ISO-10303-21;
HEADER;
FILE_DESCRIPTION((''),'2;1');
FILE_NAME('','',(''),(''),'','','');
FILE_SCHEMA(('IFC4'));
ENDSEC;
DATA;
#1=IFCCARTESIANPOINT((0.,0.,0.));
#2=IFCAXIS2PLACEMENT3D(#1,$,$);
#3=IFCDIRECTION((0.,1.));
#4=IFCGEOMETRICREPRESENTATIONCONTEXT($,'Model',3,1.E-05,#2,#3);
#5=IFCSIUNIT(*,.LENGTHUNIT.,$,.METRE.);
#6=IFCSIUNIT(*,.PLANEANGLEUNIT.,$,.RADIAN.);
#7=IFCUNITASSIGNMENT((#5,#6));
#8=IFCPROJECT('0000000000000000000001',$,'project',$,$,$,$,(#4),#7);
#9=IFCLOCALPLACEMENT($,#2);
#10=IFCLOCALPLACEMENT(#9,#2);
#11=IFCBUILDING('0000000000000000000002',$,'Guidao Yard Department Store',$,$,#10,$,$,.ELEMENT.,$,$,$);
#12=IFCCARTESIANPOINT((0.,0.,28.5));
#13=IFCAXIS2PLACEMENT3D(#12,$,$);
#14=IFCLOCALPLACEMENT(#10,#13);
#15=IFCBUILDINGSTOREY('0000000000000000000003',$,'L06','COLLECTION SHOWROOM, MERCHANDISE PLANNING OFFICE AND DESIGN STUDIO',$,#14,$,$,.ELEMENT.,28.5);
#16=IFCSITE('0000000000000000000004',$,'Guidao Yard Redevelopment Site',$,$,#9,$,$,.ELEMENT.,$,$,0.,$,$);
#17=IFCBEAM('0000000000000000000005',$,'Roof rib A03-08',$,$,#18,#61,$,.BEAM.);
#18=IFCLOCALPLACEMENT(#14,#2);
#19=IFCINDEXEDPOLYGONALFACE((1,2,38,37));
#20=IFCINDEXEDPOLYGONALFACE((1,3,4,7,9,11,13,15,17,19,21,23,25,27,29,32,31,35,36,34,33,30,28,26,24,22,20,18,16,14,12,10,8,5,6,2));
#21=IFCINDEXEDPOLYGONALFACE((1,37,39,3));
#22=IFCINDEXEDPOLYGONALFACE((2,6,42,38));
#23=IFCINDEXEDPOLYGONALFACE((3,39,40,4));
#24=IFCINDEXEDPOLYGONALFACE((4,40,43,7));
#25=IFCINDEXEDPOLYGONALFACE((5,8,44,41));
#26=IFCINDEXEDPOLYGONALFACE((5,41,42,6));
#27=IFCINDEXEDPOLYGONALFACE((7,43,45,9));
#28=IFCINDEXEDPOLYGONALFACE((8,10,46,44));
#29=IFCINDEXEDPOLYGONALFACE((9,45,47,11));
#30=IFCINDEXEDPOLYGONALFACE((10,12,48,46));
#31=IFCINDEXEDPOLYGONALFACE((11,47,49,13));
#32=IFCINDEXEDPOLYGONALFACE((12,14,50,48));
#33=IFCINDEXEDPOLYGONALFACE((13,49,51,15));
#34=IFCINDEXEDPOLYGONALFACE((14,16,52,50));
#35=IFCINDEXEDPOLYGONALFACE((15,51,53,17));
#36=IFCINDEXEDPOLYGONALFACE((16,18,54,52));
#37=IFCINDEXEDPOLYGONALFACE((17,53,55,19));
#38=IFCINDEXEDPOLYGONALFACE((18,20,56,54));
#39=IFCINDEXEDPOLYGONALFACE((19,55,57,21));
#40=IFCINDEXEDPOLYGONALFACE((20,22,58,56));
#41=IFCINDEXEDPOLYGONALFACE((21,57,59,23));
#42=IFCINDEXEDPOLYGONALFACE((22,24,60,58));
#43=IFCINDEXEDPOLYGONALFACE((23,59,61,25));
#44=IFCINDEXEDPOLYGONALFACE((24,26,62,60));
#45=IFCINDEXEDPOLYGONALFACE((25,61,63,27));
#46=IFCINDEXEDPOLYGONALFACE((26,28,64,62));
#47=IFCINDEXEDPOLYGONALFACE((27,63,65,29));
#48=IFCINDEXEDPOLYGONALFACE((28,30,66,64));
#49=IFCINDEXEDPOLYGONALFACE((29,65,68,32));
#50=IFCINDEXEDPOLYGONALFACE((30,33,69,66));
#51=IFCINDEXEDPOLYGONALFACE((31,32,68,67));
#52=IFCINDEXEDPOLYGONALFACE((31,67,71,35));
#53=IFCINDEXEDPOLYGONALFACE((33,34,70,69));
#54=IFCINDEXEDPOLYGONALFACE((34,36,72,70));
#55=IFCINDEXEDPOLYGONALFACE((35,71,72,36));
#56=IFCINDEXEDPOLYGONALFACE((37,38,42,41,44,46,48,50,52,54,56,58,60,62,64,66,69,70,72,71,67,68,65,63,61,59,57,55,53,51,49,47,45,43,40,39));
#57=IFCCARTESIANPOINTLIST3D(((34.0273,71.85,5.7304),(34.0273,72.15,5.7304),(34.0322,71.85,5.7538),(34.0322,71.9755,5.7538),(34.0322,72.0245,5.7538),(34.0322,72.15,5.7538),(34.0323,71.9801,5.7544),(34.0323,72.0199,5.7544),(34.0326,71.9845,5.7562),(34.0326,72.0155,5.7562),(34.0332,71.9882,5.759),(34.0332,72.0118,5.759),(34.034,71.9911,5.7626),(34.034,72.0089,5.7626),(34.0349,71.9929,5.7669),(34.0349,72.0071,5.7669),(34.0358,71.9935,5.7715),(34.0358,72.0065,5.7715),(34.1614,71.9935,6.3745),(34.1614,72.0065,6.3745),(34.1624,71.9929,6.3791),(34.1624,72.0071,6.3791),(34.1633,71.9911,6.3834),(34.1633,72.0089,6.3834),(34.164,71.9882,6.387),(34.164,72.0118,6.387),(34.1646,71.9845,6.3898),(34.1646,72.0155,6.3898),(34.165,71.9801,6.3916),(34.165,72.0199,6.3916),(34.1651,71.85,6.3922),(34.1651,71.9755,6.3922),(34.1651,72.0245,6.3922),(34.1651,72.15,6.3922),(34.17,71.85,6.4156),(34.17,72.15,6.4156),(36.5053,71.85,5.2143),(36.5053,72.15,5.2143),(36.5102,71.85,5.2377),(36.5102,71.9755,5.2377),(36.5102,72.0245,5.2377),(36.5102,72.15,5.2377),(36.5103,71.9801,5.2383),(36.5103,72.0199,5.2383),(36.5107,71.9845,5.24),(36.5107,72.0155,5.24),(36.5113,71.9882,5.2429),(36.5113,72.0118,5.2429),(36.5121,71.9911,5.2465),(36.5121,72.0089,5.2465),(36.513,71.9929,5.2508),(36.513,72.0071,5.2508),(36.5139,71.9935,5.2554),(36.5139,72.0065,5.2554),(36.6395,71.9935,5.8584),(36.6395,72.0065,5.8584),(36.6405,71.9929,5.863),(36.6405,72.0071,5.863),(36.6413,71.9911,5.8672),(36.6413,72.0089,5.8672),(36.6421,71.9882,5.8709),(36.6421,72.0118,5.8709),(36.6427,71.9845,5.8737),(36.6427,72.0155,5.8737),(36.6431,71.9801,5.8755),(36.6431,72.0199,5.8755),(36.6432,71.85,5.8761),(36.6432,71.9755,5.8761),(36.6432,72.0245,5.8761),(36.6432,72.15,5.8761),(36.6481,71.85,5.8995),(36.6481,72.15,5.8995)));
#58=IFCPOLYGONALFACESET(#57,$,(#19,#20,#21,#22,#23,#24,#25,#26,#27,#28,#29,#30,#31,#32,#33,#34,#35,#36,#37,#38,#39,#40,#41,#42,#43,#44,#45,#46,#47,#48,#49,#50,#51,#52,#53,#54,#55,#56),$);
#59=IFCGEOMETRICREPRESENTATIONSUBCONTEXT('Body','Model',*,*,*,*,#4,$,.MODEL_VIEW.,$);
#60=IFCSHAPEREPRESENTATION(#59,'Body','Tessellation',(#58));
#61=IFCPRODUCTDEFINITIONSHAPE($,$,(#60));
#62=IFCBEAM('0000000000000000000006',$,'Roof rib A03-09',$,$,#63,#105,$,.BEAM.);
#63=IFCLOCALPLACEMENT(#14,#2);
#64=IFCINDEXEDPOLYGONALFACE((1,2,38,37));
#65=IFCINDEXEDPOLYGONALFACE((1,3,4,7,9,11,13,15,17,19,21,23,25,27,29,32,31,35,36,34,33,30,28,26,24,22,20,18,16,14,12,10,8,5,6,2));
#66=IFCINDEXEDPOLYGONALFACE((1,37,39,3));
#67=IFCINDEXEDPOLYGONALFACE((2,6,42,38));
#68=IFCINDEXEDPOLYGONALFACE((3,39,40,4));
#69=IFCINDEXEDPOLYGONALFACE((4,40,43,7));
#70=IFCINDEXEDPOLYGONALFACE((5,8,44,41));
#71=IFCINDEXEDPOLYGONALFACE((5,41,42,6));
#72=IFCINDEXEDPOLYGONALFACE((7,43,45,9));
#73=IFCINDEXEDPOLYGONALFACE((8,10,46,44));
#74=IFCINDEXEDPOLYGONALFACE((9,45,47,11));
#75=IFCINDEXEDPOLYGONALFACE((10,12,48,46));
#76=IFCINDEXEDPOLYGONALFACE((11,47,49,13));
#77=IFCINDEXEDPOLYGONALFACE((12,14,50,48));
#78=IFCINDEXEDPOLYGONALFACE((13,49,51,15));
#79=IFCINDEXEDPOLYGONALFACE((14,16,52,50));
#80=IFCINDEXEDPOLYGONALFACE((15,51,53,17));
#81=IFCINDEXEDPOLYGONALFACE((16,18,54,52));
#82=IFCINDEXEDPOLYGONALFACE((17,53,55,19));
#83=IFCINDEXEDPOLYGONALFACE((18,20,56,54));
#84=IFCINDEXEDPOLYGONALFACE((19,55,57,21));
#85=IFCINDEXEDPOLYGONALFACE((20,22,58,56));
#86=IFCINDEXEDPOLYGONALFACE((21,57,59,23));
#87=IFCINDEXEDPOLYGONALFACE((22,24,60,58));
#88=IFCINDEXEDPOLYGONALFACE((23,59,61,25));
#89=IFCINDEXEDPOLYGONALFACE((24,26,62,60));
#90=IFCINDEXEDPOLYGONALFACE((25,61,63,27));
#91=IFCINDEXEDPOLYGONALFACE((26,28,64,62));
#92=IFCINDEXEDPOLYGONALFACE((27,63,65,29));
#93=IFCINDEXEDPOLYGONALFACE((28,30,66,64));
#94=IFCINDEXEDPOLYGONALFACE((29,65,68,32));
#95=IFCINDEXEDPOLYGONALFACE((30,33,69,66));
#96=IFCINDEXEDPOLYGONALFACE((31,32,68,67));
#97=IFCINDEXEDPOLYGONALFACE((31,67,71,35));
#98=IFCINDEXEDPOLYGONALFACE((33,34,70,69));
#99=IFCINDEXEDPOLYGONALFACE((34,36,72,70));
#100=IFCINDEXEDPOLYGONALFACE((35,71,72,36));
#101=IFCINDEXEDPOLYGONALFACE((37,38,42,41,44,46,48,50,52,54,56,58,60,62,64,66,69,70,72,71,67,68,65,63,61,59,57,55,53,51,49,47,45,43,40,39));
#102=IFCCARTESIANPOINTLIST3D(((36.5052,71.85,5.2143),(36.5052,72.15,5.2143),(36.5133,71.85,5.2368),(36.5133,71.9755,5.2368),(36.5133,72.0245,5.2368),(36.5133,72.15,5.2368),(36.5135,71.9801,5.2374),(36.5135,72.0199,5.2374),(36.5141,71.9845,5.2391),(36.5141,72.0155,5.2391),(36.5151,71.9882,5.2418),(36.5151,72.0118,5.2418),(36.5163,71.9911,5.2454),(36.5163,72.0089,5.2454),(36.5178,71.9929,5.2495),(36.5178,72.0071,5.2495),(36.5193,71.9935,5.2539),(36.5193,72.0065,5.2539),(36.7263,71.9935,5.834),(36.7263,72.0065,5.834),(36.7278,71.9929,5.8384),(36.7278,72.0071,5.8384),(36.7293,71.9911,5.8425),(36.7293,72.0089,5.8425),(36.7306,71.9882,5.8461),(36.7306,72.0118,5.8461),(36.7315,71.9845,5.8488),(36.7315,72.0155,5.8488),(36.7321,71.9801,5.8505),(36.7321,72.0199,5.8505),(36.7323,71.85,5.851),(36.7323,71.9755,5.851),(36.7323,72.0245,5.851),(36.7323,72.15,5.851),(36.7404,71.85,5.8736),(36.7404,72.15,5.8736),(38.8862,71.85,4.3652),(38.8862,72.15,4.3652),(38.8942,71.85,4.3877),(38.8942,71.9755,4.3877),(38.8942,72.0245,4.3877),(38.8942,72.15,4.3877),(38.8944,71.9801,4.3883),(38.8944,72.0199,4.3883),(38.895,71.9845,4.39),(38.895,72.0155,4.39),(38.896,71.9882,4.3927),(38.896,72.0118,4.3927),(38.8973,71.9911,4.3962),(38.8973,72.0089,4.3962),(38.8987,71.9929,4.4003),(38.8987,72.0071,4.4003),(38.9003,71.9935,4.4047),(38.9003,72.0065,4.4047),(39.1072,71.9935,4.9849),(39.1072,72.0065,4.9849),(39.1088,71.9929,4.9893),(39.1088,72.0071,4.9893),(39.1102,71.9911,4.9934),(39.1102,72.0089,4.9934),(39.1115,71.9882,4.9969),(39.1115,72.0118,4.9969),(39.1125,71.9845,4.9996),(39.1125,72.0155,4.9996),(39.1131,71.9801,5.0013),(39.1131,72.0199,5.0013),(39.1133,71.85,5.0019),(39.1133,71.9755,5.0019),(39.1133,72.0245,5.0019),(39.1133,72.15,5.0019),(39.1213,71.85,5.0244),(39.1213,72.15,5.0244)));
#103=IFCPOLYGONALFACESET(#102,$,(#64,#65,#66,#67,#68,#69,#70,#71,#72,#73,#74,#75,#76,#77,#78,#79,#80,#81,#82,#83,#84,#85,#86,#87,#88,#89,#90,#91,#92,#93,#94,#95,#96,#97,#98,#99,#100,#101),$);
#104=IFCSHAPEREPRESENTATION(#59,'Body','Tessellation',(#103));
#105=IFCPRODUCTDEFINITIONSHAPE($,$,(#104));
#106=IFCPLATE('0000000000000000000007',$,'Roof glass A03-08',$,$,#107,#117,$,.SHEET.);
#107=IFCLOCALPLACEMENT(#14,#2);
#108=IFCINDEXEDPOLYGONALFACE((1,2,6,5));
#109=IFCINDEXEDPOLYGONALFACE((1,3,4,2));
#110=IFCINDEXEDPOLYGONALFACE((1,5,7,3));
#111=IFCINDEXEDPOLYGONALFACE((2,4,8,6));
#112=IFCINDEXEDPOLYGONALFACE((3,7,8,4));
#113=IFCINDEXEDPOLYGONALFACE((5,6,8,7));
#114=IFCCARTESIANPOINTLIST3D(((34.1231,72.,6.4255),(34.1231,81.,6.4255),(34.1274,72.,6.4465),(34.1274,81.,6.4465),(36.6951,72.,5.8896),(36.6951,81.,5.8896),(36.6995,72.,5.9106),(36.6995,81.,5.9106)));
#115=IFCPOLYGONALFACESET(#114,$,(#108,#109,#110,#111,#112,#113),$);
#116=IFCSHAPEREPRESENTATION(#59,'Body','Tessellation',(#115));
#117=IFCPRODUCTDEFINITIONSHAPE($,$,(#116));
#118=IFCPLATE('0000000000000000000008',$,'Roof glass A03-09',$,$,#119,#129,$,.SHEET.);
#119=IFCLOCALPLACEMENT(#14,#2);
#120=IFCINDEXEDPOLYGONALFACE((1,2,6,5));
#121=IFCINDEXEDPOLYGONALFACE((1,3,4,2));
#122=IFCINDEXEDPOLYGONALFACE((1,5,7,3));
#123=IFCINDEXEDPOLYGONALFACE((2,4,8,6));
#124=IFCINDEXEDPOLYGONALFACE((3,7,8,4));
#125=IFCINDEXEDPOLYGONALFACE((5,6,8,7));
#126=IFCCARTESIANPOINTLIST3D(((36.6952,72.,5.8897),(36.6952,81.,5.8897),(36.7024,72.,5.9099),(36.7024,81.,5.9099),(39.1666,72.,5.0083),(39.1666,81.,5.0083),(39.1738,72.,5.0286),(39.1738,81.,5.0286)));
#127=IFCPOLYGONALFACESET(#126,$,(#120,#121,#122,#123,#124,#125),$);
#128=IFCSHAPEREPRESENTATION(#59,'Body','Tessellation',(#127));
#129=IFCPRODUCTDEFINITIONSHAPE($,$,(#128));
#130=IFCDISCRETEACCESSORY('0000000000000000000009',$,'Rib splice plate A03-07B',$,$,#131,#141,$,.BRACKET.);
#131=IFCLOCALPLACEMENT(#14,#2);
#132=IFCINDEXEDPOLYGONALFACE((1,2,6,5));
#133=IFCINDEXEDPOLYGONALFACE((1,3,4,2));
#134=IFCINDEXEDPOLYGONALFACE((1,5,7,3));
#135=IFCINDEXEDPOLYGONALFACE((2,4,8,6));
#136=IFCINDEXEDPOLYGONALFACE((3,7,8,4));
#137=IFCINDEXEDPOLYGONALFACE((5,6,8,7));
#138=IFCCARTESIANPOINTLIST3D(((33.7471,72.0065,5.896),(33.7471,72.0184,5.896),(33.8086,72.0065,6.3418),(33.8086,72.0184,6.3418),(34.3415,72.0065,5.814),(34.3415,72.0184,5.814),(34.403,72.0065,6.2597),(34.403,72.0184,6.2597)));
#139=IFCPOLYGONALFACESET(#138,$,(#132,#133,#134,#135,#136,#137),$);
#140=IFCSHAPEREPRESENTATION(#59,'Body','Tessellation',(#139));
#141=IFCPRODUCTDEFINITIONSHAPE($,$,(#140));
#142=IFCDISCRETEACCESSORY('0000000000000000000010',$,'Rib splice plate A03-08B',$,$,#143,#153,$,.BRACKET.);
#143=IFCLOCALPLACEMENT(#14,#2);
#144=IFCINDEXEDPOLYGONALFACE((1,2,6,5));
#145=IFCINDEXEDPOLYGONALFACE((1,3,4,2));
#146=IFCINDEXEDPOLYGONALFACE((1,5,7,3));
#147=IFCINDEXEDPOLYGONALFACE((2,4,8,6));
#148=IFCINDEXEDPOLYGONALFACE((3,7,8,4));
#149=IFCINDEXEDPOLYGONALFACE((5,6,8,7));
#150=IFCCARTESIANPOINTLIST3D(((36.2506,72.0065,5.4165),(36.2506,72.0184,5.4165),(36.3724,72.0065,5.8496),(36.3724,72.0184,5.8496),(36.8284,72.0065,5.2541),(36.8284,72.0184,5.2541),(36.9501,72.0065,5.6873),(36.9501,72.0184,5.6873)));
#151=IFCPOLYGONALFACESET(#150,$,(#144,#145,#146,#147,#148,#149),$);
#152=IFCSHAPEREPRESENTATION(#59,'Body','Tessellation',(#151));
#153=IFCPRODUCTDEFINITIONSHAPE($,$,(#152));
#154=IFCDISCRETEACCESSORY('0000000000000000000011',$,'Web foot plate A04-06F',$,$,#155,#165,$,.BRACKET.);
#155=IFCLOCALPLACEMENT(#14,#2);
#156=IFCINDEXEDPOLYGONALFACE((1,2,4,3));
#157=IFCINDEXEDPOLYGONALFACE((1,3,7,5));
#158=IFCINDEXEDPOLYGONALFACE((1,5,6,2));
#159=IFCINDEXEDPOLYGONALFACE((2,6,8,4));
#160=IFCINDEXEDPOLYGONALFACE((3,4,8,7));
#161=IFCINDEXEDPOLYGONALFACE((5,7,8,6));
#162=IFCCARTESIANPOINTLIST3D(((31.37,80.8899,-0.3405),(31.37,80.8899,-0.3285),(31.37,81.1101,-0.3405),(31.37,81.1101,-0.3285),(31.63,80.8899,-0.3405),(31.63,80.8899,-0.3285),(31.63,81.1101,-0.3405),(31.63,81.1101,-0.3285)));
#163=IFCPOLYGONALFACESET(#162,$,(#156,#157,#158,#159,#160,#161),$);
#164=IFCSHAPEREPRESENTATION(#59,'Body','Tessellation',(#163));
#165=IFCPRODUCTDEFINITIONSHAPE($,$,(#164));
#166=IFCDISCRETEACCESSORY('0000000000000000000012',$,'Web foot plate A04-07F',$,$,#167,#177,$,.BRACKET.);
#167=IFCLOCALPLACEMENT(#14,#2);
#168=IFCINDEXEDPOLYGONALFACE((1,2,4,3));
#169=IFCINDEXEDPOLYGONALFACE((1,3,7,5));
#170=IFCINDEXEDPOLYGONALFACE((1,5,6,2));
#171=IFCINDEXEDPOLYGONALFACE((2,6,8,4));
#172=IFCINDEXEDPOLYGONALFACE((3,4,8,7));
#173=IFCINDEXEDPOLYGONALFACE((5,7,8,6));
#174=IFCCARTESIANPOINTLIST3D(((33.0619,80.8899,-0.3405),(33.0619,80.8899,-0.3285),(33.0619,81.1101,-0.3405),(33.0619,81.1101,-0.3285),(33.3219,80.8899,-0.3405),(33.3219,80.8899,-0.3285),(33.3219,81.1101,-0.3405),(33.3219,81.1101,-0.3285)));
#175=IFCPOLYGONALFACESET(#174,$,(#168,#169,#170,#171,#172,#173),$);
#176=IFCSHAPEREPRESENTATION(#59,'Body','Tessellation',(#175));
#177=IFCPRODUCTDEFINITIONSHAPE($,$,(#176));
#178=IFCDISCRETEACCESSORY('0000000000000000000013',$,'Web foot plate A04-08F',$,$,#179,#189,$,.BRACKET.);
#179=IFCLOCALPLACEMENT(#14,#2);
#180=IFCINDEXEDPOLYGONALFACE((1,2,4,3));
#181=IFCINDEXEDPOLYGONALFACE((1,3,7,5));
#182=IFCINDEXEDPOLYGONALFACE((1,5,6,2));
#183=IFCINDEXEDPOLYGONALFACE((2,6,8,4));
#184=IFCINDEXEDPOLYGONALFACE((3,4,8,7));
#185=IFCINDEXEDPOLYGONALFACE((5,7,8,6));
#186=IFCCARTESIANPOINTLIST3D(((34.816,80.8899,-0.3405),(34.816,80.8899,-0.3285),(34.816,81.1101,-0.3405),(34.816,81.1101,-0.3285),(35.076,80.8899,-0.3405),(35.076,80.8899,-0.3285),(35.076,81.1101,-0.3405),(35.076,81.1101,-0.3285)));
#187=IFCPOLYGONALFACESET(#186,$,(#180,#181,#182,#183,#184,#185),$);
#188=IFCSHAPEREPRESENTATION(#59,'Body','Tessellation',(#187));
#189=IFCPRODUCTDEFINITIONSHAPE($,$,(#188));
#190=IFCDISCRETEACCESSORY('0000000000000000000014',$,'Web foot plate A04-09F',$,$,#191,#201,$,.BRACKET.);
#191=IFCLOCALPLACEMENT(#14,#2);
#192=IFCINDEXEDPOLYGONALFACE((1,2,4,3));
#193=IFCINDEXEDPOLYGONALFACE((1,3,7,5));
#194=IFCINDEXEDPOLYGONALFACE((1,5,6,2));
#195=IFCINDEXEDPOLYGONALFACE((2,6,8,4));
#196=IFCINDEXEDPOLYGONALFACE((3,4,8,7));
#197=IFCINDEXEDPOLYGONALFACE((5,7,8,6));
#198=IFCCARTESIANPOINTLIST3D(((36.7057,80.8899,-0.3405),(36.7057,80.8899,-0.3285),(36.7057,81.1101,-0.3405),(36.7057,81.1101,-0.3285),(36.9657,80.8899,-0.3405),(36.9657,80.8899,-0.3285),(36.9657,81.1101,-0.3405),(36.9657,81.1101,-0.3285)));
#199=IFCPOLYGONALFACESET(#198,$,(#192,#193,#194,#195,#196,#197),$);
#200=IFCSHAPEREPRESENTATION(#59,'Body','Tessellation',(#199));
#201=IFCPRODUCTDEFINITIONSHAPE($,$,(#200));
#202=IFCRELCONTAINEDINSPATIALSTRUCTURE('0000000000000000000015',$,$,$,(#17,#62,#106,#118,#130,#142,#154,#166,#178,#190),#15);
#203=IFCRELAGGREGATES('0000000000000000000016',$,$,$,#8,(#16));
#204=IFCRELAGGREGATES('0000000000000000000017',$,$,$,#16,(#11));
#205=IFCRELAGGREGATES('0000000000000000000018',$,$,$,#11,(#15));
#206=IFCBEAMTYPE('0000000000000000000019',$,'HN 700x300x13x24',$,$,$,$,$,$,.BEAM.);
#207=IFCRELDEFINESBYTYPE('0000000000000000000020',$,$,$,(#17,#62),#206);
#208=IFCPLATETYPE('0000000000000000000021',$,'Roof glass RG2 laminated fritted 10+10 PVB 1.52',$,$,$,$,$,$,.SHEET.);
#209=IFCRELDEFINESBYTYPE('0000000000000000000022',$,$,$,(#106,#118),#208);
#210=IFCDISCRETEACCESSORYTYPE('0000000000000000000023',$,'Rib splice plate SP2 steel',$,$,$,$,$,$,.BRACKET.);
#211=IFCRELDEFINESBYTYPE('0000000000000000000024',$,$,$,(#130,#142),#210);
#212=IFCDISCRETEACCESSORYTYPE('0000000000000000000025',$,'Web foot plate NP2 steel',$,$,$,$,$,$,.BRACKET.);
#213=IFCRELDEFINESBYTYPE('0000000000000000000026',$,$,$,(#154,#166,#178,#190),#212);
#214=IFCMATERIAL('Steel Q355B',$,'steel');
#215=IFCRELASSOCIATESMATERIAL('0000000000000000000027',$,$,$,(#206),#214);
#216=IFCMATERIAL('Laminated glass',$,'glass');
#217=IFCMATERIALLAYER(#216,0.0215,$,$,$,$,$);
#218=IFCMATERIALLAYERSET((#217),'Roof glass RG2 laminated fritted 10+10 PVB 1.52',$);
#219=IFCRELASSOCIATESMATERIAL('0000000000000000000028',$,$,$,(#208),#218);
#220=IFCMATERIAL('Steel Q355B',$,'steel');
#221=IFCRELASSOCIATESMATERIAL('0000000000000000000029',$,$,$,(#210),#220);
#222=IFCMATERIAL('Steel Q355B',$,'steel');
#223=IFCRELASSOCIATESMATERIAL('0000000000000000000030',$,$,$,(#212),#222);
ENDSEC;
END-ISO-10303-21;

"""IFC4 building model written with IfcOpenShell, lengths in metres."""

from ifc_helpers import new_model, si_unit, direction, frame, origin, origin_2d, place, context, subcontext, project, spatial, polyline, rectangle, i_section, outline, extrude, material, layer, layer_set, material_profile, profile_set, type_object, element, save


model = new_model("IFC4")

# Units and contexts
model_context = context("Model", 3, precision=1e-05, world=origin(), true_north=direction((0.0, 1.0)))
body_context = subcontext(model_context, "Body", "Model", "MODEL_VIEW")
ifc_project = project(units=[si_unit("LENGTHUNIT", "METRE"), si_unit("PLANEANGLEUNIT", "RADIAN")], contexts=[model_context])

# Site, building, storey
site_placement = place(None, origin())
site = spatial("IfcSite", under=ifc_project, at=site_placement, Name="Guidao Yard Redevelopment Site", CompositionType="ELEMENT", RefElevation=0.0)
building_placement = place(site_placement, origin())
building = spatial("IfcBuilding", under=site, at=building_placement, Name="Guidao Yard Department Store", CompositionType="ELEMENT")
storey_placement = place(building_placement, frame((0.0, 0.0, 28.5)))
storey = spatial("IfcBuildingStorey", under=building, at=storey_placement, Name="L06", Description="COLLECTION SHOWROOM, MERCHANDISE PLANNING OFFICE AND DESIGN STUDIO", CompositionType="ELEMENT", Elevation=28.5)

# Beams
ifc_material_1 = material(Name="Steel Q355B", Category="steel")
ifc_material_profile_1 = material_profile(ifc_material_1, i_section(OverallWidth=0.3, OverallDepth=0.7, WebThickness=0.0129, FlangeThickness=0.0239, FilletRadius=0.0181, at=origin_2d()), Name="HN 700x300x13x24")
ifc_profile_set_1 = profile_set([ifc_material_profile_1], Name="Steel Q355B")
beam_type = type_object("IfcBeamType", Name="HN 700x300x13x24", PredefinedType="BEAM", material=ifc_profile_set_1)
beam_1_placement = place(storey_placement, frame((34.0986, 72.0, 6.073), z_axis=(0.978992, 0.0, -0.2039), x_axis=(0.0, 1.0, 0.0)))
element("IfcBeam", 1, at=beam_1_placement, inside=storey, type_object=beam_type, Name="Roof rib A03-08", PredefinedType="BEAM", context=body_context, shape_type="SweptSolid", body=[
    extrude(i_section(OverallWidth=0.3, OverallDepth=0.7, WebThickness=0.0129, FlangeThickness=0.0239, FilletRadius=0.0181, at=origin_2d()), origin(), (0.0, 0.0, 1.0), 2.5312),
])
beam_2_placement = place(storey_placement, frame((36.6228, 72.0, 5.5439), z_axis=(0.94189, 0.0, -0.33592), x_axis=(0.0, 1.0, 0.0)))
element("IfcBeam", 2, at=beam_2_placement, inside=storey, type_object=beam_type, Name="Roof rib A03-09", PredefinedType="BEAM", context=body_context, shape_type="SweptSolid", body=[
    extrude(i_section(OverallWidth=0.3, OverallDepth=0.7, WebThickness=0.0129, FlangeThickness=0.0239, FilletRadius=0.0181, at=origin_2d()), origin(), (0.0, 0.0, 1.0), 2.5278),
])

# Plates
ifc_material_2 = material(Name="Laminated glass", Category="glass")
ifc_layer = layer(ifc_material_2, 0.0215)
ifc_layer_set = layer_set([ifc_layer], Name="Roof glass RG2 laminated fritted 10+10 PVB 1.52")
plate_type = type_object("IfcPlateType", Name="Roof glass RG2 laminated fritted 10+10 PVB 1.52", PredefinedType="SHEET", material=ifc_layer_set)
plate_1_placement = place(storey_placement, frame((34.1274, 72.0, 6.4465), z_axis=(0.203973, 0.0, 0.978977), x_axis=(0.978977, 0.0, -0.203973)))
element("IfcPlate", 3, at=plate_1_placement, inside=storey, type_object=plate_type, Name="Roof glass A03-08", PredefinedType="SHEET", context=body_context, shape_type="SweptSolid", body=[
    extrude(outline(polyline([(0.0, 0.0), (2.6273, 0.0), (2.6273, 9.0), (0.0, 9.0), (0.0, 0.0)])), origin(), (0.0, 0.0, -1.0), 0.0215),
])
plate_2_placement = place(storey_placement, frame((36.7024, 72.0, 5.9099), z_axis=(0.335894, 0.0, 0.9419), x_axis=(0.9419, 0.0, -0.335894)))
element("IfcPlate", 4, at=plate_2_placement, inside=storey, type_object=plate_type, Name="Roof glass A03-09", PredefinedType="SHEET", context=body_context, shape_type="SweptSolid", body=[
    extrude(outline(polyline([(0.0, 0.0), (2.6239, 0.0), (2.6239, 9.0), (0.0, 9.0), (0.0, 0.0)])), origin(), (0.0, 0.0, -1.0), 0.0215),
])

# Discrete accessories
ifc_material_3 = material(Name="Steel Q355B", Category="steel")
ifc_material_profile_2 = material_profile(ifc_material_3, rectangle(XDim=0.012, YDim=0.45, at=origin_2d()), Name="Splice plate 450x12")
ifc_profile_set_2 = profile_set([ifc_material_profile_2], Name="Steel Q355B")
discrete_accessory_type_1 = type_object("IfcDiscreteAccessoryType", Name="Rib splice plate SP2 steel", PredefinedType="BRACKET", material=ifc_profile_set_2)
for number, where, z_axis, x_axis, name in (
    (5, (33.7778, 72.0125, 6.1189), (0.990614, 0.0, -0.136692), (0.0, 1.0, 0.0), "Rib splice plate A03-07B"),
    (6, (36.3115, 72.0125, 5.6331), (0.962697, 0.0, -0.270581), (0.0, 1.0, 0.0), "Rib splice plate A03-08B"),
):
    element("IfcDiscreteAccessory", number, at=place(storey_placement, frame(where, z_axis=z_axis, x_axis=x_axis)), inside=storey, type_object=discrete_accessory_type_1, Name=name, PredefinedType="BRACKET", context=body_context, shape_type="SweptSolid", body=[
        extrude(rectangle(XDim=0.012, YDim=0.45, at=origin_2d()), origin(), (0.0, 0.0, 1.0), 0.6001),
    ])
ifc_material_4 = material(Name="Steel Q355B", Category="steel")
ifc_material_profile_3 = material_profile(ifc_material_4, rectangle(XDim=0.26, YDim=0.012, at=origin_2d()), Name="Node plate 260x12")
ifc_profile_set_3 = profile_set([ifc_material_profile_3], Name="Steel Q355B")
discrete_accessory_type_2 = type_object("IfcDiscreteAccessoryType", Name="Web foot plate NP2 steel", PredefinedType="BRACKET", material=ifc_profile_set_3)
for number, where, z_axis, x_axis, name in (
    (7, (31.5, 80.8899, -0.3345), (0.0, 1.0, 0.0), (-1.0, 0.0, 0.0), "Web foot plate A04-06F"),
    (8, (33.1919, 80.8899, -0.3345), (0.0, 1.0, 0.0), (-1.0, 0.0, 0.0), "Web foot plate A04-07F"),
    (9, (34.946, 80.8899, -0.3345), (0.0, 1.0, 0.0), (-1.0, 0.0, 0.0), "Web foot plate A04-08F"),
    (10, (36.8357, 80.8899, -0.3345), (0.0, 1.0, 0.0), (-1.0, 0.0, 0.0), "Web foot plate A04-09F"),
):
    element("IfcDiscreteAccessory", number, at=place(storey_placement, frame(where, z_axis=z_axis, x_axis=x_axis)), inside=storey, type_object=discrete_accessory_type_2, Name=name, PredefinedType="BRACKET", context=body_context, shape_type="SweptSolid", body=[
        extrude(rectangle(XDim=0.26, YDim=0.012, at=origin_2d()), origin(), (0.0, 0.0, 1.0), 0.2202),
    ])

save(model, "model.ifc")
